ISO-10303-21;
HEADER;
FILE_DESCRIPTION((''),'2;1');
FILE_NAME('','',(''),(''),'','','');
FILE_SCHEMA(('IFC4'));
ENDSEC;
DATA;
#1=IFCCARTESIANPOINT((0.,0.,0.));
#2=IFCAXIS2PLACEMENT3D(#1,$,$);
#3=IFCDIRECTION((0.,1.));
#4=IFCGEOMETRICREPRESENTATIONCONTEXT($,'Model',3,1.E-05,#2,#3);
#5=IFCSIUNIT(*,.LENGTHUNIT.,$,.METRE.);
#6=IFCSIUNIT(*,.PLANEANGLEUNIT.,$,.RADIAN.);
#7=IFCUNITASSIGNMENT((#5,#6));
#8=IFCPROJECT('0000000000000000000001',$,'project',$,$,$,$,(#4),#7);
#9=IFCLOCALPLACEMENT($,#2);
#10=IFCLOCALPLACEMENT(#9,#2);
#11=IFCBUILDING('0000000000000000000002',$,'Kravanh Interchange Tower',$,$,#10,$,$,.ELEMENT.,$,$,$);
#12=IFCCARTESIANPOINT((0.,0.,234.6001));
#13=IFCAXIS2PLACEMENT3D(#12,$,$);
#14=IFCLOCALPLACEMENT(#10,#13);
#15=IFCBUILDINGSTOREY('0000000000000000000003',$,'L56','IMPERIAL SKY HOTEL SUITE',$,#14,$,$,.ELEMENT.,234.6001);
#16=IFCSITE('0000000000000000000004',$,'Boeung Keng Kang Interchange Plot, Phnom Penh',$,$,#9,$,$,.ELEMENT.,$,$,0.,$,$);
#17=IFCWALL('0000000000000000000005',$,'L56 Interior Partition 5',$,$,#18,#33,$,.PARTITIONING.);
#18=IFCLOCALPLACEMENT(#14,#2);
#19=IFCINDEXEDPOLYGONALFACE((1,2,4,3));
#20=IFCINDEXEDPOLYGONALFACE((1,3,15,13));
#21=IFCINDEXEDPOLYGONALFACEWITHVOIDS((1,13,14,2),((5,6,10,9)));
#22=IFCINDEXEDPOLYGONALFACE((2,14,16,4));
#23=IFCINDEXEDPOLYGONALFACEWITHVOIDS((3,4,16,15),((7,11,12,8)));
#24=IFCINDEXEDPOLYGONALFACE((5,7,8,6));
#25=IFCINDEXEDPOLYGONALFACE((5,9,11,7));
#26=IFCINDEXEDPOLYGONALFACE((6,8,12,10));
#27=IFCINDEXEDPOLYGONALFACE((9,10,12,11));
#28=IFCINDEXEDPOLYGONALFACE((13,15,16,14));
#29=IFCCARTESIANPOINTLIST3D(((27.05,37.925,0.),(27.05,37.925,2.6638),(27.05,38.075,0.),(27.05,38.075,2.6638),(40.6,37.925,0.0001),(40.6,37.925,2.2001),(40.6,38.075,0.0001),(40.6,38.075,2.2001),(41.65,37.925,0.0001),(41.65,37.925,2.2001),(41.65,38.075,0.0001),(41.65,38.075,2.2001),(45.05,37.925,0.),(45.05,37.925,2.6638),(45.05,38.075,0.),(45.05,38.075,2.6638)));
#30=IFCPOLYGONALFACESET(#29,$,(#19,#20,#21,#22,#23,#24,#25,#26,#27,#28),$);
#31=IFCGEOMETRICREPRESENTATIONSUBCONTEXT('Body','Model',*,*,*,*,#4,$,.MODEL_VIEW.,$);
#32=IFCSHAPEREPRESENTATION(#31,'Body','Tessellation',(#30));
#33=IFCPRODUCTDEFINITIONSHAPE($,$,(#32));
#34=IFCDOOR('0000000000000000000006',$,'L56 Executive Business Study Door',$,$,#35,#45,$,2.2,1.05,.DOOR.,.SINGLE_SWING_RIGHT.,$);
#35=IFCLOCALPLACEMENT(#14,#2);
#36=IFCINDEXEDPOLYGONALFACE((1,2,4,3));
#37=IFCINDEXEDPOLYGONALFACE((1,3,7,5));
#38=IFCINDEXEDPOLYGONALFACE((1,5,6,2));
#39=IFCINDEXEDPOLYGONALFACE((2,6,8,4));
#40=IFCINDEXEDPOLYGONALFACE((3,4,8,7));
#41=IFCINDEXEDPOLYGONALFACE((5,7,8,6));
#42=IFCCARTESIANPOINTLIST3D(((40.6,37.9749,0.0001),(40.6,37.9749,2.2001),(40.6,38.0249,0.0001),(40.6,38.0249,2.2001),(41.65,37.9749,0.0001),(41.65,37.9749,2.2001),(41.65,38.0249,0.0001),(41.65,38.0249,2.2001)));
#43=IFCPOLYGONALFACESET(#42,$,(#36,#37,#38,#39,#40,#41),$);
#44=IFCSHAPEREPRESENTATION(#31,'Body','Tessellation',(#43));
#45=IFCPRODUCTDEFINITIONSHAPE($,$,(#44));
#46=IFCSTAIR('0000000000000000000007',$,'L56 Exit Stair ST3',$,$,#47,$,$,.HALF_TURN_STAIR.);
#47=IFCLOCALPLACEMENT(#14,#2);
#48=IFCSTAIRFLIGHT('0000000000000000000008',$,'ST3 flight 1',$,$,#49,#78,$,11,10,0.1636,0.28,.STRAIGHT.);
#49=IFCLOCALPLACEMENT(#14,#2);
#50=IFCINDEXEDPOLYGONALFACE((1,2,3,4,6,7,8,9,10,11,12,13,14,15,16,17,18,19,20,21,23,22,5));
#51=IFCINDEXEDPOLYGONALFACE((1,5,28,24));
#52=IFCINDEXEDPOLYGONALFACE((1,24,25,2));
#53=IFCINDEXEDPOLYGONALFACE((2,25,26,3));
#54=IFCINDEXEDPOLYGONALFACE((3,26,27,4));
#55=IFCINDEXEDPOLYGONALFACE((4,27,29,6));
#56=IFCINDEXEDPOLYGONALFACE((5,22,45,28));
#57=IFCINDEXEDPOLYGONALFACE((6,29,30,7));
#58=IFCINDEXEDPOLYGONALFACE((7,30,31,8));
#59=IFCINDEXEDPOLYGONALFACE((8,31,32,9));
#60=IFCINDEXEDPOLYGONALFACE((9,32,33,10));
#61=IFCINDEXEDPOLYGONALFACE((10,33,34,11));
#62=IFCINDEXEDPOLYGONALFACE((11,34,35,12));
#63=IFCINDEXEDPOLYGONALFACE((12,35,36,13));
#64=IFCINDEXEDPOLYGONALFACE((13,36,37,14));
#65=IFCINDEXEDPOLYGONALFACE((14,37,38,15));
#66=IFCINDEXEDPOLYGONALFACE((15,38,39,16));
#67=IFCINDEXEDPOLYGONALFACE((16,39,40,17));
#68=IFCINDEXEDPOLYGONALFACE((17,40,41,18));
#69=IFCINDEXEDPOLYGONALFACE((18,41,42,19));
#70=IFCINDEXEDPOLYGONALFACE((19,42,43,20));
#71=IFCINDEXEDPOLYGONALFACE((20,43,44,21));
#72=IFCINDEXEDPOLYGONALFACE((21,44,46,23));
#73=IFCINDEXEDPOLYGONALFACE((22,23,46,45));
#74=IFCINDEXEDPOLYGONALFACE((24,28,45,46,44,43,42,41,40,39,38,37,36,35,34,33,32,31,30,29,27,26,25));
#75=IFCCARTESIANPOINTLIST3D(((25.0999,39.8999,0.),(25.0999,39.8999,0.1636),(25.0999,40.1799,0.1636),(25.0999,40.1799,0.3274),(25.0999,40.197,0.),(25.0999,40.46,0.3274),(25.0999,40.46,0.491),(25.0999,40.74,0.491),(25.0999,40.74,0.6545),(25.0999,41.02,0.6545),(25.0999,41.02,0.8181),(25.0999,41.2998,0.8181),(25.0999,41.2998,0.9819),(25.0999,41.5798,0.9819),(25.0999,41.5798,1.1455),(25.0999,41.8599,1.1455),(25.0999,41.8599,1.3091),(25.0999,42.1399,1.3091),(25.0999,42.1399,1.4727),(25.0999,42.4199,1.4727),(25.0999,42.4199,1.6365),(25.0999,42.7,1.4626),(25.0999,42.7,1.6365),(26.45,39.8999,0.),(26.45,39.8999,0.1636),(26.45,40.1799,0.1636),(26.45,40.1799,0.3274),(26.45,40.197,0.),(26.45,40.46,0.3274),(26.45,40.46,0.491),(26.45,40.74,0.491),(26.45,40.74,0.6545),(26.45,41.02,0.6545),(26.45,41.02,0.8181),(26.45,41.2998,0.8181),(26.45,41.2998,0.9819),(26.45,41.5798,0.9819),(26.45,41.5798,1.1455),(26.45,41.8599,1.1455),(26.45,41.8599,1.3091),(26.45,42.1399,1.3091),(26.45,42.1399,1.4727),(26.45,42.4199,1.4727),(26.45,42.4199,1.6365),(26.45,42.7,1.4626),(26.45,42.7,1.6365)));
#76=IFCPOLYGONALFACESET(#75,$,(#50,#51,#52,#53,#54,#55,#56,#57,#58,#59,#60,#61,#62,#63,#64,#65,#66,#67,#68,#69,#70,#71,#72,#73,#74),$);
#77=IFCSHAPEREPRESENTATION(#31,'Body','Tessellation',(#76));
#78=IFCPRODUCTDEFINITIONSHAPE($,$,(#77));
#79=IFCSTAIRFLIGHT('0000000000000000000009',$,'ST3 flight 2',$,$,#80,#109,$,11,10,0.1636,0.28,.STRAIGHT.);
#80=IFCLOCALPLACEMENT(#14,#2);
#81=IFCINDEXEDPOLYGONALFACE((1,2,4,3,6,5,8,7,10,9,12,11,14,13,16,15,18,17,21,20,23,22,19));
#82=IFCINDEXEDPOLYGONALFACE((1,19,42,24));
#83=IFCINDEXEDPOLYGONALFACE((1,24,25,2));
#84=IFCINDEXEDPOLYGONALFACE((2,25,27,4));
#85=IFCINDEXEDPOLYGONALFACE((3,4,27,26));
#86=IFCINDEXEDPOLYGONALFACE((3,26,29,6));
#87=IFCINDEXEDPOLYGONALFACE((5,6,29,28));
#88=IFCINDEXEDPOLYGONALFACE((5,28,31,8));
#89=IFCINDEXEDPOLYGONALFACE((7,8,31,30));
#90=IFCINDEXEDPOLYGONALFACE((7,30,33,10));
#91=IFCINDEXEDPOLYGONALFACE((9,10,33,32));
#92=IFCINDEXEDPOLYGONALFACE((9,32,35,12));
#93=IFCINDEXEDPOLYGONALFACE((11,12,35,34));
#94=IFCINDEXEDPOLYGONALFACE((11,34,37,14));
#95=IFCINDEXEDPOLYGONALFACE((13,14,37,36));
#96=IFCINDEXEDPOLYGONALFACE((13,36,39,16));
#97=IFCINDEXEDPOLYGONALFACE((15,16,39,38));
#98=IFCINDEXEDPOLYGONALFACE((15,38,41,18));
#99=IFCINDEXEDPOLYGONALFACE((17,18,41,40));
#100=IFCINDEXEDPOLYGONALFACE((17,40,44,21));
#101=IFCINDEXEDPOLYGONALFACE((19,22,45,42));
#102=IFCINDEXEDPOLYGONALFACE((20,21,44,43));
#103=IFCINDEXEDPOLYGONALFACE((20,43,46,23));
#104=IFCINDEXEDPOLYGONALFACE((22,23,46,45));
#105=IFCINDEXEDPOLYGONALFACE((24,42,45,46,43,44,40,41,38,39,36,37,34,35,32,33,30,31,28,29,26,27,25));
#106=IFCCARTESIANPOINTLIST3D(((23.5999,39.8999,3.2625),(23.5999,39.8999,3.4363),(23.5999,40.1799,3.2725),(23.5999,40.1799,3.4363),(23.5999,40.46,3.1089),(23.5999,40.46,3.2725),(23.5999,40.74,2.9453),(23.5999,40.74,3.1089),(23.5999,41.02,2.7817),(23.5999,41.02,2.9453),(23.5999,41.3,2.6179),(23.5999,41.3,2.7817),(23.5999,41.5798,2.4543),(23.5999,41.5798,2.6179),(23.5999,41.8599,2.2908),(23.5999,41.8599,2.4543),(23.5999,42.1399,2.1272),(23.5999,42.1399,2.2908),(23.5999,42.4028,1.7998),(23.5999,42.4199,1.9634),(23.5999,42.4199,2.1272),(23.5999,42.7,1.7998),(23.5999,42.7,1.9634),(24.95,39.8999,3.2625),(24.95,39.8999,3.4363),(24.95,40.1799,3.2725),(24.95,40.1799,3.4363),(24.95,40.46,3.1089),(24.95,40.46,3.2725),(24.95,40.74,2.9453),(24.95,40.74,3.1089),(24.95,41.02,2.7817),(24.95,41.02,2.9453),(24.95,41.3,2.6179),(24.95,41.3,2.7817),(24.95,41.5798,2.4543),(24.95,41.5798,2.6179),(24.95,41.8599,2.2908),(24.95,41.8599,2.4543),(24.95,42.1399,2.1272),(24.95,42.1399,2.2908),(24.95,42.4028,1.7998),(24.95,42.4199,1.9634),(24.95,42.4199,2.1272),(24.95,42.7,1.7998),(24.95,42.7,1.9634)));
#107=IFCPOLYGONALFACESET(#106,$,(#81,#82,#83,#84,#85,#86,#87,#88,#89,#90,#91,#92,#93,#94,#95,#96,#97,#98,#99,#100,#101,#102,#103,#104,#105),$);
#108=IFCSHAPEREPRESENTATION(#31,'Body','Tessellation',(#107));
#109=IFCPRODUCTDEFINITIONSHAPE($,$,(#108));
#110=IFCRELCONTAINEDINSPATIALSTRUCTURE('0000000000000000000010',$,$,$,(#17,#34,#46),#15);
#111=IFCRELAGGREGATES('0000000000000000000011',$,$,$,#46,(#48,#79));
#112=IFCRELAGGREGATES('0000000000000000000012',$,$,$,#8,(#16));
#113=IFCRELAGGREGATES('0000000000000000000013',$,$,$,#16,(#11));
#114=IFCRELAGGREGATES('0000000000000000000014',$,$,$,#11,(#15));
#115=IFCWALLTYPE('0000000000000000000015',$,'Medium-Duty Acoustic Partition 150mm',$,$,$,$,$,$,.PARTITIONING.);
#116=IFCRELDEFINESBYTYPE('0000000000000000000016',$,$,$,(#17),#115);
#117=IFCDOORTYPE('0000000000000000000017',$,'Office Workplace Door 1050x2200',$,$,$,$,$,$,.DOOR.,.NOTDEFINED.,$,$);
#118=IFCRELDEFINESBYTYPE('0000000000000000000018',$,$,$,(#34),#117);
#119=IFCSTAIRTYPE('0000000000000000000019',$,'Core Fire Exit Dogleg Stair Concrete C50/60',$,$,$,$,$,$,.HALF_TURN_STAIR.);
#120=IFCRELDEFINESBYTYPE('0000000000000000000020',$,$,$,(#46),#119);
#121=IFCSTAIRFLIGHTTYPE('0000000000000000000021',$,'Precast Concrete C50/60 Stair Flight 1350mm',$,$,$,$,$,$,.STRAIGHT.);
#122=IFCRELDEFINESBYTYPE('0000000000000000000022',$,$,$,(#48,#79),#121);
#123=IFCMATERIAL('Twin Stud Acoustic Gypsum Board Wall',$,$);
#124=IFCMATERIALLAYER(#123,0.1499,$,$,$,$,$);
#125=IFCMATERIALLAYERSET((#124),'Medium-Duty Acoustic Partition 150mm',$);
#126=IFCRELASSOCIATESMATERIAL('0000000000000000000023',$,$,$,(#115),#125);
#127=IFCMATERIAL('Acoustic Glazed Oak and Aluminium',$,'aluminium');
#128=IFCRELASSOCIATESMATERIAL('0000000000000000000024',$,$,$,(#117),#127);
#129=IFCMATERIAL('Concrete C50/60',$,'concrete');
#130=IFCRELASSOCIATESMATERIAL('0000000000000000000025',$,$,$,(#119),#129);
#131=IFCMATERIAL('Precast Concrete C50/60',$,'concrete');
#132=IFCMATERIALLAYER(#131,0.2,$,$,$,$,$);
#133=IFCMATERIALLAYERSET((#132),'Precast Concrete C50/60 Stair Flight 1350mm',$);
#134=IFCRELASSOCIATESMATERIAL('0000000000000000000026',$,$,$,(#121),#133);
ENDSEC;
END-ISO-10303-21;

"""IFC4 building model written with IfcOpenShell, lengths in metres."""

from ifc_helpers import new_model, si_unit, direction, frame, frame_2d, origin, place, context, subcontext, project, spatial, polyline, rectangle, outline, extrude, material, layer, layer_set, type_object, element, fill, aggregate, save


model = new_model("IFC4")

# Units and contexts
model_context = context("Model", 3, precision=1e-05, world=origin(), true_north=direction((0.0, 1.0)))
body_context = subcontext(model_context, "Body", "Model", "MODEL_VIEW")
ifc_project = project(units=[si_unit("LENGTHUNIT", "METRE"), si_unit("PLANEANGLEUNIT", "RADIAN")], contexts=[model_context])

# Site, building, storey
site_placement = place(None, origin())
site = spatial("IfcSite", under=ifc_project, at=site_placement, Name="Boeung Keng Kang Interchange Plot, Phnom Penh", CompositionType="ELEMENT", RefElevation=0.0)
building_placement = place(site_placement, origin())
building = spatial("IfcBuilding", under=site, at=building_placement, Name="Kravanh Interchange Tower", CompositionType="ELEMENT")
storey_placement = place(building_placement, frame((0.0, 0.0, 234.6001)))
storey = spatial("IfcBuildingStorey", under=building, at=storey_placement, Name="L56", Description="IMPERIAL SKY HOTEL SUITE", CompositionType="ELEMENT", Elevation=234.6001)

# Wall, opening, door
ifc_material_1 = material(Name="Twin Stud Acoustic Gypsum Board Wall")
ifc_layer_1 = layer(ifc_material_1, 0.1499)
ifc_layer_set_1 = layer_set([ifc_layer_1], Name="Medium-Duty Acoustic Partition 150mm")
wall_type_1 = type_object("IfcWallType", Name="Medium-Duty Acoustic Partition 150mm", PredefinedType="PARTITIONING", material=ifc_layer_set_1)
wall_1_placement = place(storey_placement, frame((27.05, 38.0, 0.0), z_axis=(0.0, 0.0, 1.0), x_axis=(1.0, 0.0, 0.0)))
wall_1 = element("IfcWall", 1, at=wall_1_placement, inside=storey, type_object=wall_type_1, Name="L56 Interior Partition 5", PredefinedType="PARTITIONING", context=body_context, shape_type="SweptSolid", body=[
    extrude(rectangle(XDim=18.0, YDim=0.1499, at=frame_2d((9.0, 0.0))), origin(), (0.0, 0.0, 1.0), 2.6638),
])
opening_1_placement = place(wall_1_placement, frame((13.55, 0.0, 0.0)))
opening_1 = element("IfcOpeningElement", 2, at=opening_1_placement, cuts=wall_1, PredefinedType="OPENING", context=body_context, shape_type="SweptSolid", body=[
    extrude(rectangle(XDim=1.05, YDim=2.2, at=frame_2d((0.5249, 1.1001))), frame((0.0, 0.085, 0.0), z_axis=(0.0, -1.0, 0.0), x_axis=(1.0, 0.0, 0.0)), (0.0, 0.0, 1.0), 0.1699),
])
ifc_material_2 = material(Name="Acoustic Glazed Oak and Aluminium", Category="aluminium")
door_type_1 = type_object("IfcDoorType", Name="Office Workplace Door 1050x2200", OperationType="NOTDEFINED", PredefinedType="DOOR", material=ifc_material_2)
door_1_placement = place(opening_1_placement, origin())
door_1 = element("IfcDoor", 3, at=door_1_placement, inside=storey, type_object=door_type_1, Name="L56 Executive Business Study Door", OperationType="SINGLE_SWING_RIGHT", OverallHeight=2.2, OverallWidth=1.05, PredefinedType="DOOR", context=body_context, shape_type="SweptSolid", body=[
    extrude(rectangle(XDim=1.05, YDim=2.2, at=frame_2d((0.5249, 1.1001))), frame((0.0, 0.0249, 0.0), z_axis=(0.0, -1.0, 0.0), x_axis=(1.0, 0.0, 0.0)), (0.0, 0.0, 1.0), 0.05),
])
fill(opening_1, door_1)

# Stair, stair flights
ifc_material_3 = material(Name="Concrete C50/60", Category="concrete")
stair_type = type_object("IfcStairType", Name="Core Fire Exit Dogleg Stair Concrete C50/60", PredefinedType="HALF_TURN_STAIR", material=ifc_material_3)
stair_placement = place(storey_placement, origin())
stair = element("IfcStair", 4, at=stair_placement, inside=storey, type_object=stair_type, Name="L56 Exit Stair ST3", PredefinedType="HALF_TURN_STAIR")
ifc_material_4 = material(Name="Precast Concrete C50/60", Category="concrete")
ifc_layer_2 = layer(ifc_material_4, 0.2)
ifc_layer_set_2 = layer_set([ifc_layer_2], Name="Precast Concrete C50/60 Stair Flight 1350mm")
stair_flight_type = type_object("IfcStairFlightType", Name="Precast Concrete C50/60 Stair Flight 1350mm", PredefinedType="STRAIGHT", material=ifc_layer_set_2)
stair_flight_1_placement = place(storey_placement, frame((25.7749, 39.8999, 0.0), z_axis=(0.0, 0.0, 1.0), x_axis=(0.0, 1.0, 0.0)))
stair_flight_1 = element("IfcStairFlight", 5, at=stair_flight_1_placement, type_object=stair_flight_type, Name="ST3 flight 1", NumberOfRisers=11, NumberOfTreads=10, PredefinedType="STRAIGHT", RiserHeight=0.1636, TreadLength=0.28, context=body_context, shape_type="SweptSolid", body=[
    extrude(outline(polyline([(0.0, 0.0), (0.0, 0.1636), (0.28, 0.1636), (0.28, 0.3274), (0.5601, 0.3274), (0.5601, 0.491), (0.8401, 0.491), (0.8401, 0.6545), (1.1201, 0.6545), (1.1201, 0.8181), (1.3999, 0.8181), (1.3999, 0.9819), (1.6799, 0.9819), (1.6799, 1.1455), (1.96, 1.1455), (1.96, 1.3091), (2.24, 1.3091), (2.24, 1.4727), (2.52, 1.4727), (2.52, 1.6365), (2.8, 1.6365), (2.8, 1.8), (2.8, 1.4626), (0.2971, 0.0), (0.0, 0.0)])), frame((0.0, 0.675, 0.0), z_axis=(0.0, -1.0, 0.0), x_axis=(1.0, 0.0, 0.0)), (0.0, 0.0, 1.0), 1.3501),
])
stair_flight_2_placement = place(storey_placement, frame((24.2749, 42.7, 1.7998), z_axis=(0.0, 0.0, 1.0), x_axis=(0.0, -1.0, 0.0)))
stair_flight_2 = element("IfcStairFlight", 6, at=stair_flight_2_placement, type_object=stair_flight_type, Name="ST3 flight 2", NumberOfRisers=11, NumberOfTreads=10, PredefinedType="STRAIGHT", RiserHeight=0.1636, TreadLength=0.28, context=body_context, shape_type="SweptSolid", body=[
    extrude(outline(polyline([(0.0, 0.0), (0.0, 0.1636), (0.28, 0.1636), (0.28, 0.3274), (0.5601, 0.3274), (0.5601, 0.491), (0.8401, 0.491), (0.8401, 0.6545), (1.1201, 0.6545), (1.1201, 0.8181), (1.3999, 0.8181), (1.3999, 0.9819), (1.6799, 0.9819), (1.6799, 1.1455), (1.96, 1.1455), (1.96, 1.3091), (2.24, 1.3091), (2.24, 1.4727), (2.52, 1.4727), (2.52, 1.6365), (2.8, 1.6365), (2.8, 1.8), (2.8, 1.4626), (0.2971, 0.0), (0.0, 0.0)])), frame((0.0, 0.675, 0.0), z_axis=(0.0, -1.0, 0.0), x_axis=(1.0, 0.0, 0.0)), (0.0, 0.0, 1.0), 1.3501),
])
aggregate(stair, [stair_flight_1, stair_flight_2])

save(model, "model.ifc")
